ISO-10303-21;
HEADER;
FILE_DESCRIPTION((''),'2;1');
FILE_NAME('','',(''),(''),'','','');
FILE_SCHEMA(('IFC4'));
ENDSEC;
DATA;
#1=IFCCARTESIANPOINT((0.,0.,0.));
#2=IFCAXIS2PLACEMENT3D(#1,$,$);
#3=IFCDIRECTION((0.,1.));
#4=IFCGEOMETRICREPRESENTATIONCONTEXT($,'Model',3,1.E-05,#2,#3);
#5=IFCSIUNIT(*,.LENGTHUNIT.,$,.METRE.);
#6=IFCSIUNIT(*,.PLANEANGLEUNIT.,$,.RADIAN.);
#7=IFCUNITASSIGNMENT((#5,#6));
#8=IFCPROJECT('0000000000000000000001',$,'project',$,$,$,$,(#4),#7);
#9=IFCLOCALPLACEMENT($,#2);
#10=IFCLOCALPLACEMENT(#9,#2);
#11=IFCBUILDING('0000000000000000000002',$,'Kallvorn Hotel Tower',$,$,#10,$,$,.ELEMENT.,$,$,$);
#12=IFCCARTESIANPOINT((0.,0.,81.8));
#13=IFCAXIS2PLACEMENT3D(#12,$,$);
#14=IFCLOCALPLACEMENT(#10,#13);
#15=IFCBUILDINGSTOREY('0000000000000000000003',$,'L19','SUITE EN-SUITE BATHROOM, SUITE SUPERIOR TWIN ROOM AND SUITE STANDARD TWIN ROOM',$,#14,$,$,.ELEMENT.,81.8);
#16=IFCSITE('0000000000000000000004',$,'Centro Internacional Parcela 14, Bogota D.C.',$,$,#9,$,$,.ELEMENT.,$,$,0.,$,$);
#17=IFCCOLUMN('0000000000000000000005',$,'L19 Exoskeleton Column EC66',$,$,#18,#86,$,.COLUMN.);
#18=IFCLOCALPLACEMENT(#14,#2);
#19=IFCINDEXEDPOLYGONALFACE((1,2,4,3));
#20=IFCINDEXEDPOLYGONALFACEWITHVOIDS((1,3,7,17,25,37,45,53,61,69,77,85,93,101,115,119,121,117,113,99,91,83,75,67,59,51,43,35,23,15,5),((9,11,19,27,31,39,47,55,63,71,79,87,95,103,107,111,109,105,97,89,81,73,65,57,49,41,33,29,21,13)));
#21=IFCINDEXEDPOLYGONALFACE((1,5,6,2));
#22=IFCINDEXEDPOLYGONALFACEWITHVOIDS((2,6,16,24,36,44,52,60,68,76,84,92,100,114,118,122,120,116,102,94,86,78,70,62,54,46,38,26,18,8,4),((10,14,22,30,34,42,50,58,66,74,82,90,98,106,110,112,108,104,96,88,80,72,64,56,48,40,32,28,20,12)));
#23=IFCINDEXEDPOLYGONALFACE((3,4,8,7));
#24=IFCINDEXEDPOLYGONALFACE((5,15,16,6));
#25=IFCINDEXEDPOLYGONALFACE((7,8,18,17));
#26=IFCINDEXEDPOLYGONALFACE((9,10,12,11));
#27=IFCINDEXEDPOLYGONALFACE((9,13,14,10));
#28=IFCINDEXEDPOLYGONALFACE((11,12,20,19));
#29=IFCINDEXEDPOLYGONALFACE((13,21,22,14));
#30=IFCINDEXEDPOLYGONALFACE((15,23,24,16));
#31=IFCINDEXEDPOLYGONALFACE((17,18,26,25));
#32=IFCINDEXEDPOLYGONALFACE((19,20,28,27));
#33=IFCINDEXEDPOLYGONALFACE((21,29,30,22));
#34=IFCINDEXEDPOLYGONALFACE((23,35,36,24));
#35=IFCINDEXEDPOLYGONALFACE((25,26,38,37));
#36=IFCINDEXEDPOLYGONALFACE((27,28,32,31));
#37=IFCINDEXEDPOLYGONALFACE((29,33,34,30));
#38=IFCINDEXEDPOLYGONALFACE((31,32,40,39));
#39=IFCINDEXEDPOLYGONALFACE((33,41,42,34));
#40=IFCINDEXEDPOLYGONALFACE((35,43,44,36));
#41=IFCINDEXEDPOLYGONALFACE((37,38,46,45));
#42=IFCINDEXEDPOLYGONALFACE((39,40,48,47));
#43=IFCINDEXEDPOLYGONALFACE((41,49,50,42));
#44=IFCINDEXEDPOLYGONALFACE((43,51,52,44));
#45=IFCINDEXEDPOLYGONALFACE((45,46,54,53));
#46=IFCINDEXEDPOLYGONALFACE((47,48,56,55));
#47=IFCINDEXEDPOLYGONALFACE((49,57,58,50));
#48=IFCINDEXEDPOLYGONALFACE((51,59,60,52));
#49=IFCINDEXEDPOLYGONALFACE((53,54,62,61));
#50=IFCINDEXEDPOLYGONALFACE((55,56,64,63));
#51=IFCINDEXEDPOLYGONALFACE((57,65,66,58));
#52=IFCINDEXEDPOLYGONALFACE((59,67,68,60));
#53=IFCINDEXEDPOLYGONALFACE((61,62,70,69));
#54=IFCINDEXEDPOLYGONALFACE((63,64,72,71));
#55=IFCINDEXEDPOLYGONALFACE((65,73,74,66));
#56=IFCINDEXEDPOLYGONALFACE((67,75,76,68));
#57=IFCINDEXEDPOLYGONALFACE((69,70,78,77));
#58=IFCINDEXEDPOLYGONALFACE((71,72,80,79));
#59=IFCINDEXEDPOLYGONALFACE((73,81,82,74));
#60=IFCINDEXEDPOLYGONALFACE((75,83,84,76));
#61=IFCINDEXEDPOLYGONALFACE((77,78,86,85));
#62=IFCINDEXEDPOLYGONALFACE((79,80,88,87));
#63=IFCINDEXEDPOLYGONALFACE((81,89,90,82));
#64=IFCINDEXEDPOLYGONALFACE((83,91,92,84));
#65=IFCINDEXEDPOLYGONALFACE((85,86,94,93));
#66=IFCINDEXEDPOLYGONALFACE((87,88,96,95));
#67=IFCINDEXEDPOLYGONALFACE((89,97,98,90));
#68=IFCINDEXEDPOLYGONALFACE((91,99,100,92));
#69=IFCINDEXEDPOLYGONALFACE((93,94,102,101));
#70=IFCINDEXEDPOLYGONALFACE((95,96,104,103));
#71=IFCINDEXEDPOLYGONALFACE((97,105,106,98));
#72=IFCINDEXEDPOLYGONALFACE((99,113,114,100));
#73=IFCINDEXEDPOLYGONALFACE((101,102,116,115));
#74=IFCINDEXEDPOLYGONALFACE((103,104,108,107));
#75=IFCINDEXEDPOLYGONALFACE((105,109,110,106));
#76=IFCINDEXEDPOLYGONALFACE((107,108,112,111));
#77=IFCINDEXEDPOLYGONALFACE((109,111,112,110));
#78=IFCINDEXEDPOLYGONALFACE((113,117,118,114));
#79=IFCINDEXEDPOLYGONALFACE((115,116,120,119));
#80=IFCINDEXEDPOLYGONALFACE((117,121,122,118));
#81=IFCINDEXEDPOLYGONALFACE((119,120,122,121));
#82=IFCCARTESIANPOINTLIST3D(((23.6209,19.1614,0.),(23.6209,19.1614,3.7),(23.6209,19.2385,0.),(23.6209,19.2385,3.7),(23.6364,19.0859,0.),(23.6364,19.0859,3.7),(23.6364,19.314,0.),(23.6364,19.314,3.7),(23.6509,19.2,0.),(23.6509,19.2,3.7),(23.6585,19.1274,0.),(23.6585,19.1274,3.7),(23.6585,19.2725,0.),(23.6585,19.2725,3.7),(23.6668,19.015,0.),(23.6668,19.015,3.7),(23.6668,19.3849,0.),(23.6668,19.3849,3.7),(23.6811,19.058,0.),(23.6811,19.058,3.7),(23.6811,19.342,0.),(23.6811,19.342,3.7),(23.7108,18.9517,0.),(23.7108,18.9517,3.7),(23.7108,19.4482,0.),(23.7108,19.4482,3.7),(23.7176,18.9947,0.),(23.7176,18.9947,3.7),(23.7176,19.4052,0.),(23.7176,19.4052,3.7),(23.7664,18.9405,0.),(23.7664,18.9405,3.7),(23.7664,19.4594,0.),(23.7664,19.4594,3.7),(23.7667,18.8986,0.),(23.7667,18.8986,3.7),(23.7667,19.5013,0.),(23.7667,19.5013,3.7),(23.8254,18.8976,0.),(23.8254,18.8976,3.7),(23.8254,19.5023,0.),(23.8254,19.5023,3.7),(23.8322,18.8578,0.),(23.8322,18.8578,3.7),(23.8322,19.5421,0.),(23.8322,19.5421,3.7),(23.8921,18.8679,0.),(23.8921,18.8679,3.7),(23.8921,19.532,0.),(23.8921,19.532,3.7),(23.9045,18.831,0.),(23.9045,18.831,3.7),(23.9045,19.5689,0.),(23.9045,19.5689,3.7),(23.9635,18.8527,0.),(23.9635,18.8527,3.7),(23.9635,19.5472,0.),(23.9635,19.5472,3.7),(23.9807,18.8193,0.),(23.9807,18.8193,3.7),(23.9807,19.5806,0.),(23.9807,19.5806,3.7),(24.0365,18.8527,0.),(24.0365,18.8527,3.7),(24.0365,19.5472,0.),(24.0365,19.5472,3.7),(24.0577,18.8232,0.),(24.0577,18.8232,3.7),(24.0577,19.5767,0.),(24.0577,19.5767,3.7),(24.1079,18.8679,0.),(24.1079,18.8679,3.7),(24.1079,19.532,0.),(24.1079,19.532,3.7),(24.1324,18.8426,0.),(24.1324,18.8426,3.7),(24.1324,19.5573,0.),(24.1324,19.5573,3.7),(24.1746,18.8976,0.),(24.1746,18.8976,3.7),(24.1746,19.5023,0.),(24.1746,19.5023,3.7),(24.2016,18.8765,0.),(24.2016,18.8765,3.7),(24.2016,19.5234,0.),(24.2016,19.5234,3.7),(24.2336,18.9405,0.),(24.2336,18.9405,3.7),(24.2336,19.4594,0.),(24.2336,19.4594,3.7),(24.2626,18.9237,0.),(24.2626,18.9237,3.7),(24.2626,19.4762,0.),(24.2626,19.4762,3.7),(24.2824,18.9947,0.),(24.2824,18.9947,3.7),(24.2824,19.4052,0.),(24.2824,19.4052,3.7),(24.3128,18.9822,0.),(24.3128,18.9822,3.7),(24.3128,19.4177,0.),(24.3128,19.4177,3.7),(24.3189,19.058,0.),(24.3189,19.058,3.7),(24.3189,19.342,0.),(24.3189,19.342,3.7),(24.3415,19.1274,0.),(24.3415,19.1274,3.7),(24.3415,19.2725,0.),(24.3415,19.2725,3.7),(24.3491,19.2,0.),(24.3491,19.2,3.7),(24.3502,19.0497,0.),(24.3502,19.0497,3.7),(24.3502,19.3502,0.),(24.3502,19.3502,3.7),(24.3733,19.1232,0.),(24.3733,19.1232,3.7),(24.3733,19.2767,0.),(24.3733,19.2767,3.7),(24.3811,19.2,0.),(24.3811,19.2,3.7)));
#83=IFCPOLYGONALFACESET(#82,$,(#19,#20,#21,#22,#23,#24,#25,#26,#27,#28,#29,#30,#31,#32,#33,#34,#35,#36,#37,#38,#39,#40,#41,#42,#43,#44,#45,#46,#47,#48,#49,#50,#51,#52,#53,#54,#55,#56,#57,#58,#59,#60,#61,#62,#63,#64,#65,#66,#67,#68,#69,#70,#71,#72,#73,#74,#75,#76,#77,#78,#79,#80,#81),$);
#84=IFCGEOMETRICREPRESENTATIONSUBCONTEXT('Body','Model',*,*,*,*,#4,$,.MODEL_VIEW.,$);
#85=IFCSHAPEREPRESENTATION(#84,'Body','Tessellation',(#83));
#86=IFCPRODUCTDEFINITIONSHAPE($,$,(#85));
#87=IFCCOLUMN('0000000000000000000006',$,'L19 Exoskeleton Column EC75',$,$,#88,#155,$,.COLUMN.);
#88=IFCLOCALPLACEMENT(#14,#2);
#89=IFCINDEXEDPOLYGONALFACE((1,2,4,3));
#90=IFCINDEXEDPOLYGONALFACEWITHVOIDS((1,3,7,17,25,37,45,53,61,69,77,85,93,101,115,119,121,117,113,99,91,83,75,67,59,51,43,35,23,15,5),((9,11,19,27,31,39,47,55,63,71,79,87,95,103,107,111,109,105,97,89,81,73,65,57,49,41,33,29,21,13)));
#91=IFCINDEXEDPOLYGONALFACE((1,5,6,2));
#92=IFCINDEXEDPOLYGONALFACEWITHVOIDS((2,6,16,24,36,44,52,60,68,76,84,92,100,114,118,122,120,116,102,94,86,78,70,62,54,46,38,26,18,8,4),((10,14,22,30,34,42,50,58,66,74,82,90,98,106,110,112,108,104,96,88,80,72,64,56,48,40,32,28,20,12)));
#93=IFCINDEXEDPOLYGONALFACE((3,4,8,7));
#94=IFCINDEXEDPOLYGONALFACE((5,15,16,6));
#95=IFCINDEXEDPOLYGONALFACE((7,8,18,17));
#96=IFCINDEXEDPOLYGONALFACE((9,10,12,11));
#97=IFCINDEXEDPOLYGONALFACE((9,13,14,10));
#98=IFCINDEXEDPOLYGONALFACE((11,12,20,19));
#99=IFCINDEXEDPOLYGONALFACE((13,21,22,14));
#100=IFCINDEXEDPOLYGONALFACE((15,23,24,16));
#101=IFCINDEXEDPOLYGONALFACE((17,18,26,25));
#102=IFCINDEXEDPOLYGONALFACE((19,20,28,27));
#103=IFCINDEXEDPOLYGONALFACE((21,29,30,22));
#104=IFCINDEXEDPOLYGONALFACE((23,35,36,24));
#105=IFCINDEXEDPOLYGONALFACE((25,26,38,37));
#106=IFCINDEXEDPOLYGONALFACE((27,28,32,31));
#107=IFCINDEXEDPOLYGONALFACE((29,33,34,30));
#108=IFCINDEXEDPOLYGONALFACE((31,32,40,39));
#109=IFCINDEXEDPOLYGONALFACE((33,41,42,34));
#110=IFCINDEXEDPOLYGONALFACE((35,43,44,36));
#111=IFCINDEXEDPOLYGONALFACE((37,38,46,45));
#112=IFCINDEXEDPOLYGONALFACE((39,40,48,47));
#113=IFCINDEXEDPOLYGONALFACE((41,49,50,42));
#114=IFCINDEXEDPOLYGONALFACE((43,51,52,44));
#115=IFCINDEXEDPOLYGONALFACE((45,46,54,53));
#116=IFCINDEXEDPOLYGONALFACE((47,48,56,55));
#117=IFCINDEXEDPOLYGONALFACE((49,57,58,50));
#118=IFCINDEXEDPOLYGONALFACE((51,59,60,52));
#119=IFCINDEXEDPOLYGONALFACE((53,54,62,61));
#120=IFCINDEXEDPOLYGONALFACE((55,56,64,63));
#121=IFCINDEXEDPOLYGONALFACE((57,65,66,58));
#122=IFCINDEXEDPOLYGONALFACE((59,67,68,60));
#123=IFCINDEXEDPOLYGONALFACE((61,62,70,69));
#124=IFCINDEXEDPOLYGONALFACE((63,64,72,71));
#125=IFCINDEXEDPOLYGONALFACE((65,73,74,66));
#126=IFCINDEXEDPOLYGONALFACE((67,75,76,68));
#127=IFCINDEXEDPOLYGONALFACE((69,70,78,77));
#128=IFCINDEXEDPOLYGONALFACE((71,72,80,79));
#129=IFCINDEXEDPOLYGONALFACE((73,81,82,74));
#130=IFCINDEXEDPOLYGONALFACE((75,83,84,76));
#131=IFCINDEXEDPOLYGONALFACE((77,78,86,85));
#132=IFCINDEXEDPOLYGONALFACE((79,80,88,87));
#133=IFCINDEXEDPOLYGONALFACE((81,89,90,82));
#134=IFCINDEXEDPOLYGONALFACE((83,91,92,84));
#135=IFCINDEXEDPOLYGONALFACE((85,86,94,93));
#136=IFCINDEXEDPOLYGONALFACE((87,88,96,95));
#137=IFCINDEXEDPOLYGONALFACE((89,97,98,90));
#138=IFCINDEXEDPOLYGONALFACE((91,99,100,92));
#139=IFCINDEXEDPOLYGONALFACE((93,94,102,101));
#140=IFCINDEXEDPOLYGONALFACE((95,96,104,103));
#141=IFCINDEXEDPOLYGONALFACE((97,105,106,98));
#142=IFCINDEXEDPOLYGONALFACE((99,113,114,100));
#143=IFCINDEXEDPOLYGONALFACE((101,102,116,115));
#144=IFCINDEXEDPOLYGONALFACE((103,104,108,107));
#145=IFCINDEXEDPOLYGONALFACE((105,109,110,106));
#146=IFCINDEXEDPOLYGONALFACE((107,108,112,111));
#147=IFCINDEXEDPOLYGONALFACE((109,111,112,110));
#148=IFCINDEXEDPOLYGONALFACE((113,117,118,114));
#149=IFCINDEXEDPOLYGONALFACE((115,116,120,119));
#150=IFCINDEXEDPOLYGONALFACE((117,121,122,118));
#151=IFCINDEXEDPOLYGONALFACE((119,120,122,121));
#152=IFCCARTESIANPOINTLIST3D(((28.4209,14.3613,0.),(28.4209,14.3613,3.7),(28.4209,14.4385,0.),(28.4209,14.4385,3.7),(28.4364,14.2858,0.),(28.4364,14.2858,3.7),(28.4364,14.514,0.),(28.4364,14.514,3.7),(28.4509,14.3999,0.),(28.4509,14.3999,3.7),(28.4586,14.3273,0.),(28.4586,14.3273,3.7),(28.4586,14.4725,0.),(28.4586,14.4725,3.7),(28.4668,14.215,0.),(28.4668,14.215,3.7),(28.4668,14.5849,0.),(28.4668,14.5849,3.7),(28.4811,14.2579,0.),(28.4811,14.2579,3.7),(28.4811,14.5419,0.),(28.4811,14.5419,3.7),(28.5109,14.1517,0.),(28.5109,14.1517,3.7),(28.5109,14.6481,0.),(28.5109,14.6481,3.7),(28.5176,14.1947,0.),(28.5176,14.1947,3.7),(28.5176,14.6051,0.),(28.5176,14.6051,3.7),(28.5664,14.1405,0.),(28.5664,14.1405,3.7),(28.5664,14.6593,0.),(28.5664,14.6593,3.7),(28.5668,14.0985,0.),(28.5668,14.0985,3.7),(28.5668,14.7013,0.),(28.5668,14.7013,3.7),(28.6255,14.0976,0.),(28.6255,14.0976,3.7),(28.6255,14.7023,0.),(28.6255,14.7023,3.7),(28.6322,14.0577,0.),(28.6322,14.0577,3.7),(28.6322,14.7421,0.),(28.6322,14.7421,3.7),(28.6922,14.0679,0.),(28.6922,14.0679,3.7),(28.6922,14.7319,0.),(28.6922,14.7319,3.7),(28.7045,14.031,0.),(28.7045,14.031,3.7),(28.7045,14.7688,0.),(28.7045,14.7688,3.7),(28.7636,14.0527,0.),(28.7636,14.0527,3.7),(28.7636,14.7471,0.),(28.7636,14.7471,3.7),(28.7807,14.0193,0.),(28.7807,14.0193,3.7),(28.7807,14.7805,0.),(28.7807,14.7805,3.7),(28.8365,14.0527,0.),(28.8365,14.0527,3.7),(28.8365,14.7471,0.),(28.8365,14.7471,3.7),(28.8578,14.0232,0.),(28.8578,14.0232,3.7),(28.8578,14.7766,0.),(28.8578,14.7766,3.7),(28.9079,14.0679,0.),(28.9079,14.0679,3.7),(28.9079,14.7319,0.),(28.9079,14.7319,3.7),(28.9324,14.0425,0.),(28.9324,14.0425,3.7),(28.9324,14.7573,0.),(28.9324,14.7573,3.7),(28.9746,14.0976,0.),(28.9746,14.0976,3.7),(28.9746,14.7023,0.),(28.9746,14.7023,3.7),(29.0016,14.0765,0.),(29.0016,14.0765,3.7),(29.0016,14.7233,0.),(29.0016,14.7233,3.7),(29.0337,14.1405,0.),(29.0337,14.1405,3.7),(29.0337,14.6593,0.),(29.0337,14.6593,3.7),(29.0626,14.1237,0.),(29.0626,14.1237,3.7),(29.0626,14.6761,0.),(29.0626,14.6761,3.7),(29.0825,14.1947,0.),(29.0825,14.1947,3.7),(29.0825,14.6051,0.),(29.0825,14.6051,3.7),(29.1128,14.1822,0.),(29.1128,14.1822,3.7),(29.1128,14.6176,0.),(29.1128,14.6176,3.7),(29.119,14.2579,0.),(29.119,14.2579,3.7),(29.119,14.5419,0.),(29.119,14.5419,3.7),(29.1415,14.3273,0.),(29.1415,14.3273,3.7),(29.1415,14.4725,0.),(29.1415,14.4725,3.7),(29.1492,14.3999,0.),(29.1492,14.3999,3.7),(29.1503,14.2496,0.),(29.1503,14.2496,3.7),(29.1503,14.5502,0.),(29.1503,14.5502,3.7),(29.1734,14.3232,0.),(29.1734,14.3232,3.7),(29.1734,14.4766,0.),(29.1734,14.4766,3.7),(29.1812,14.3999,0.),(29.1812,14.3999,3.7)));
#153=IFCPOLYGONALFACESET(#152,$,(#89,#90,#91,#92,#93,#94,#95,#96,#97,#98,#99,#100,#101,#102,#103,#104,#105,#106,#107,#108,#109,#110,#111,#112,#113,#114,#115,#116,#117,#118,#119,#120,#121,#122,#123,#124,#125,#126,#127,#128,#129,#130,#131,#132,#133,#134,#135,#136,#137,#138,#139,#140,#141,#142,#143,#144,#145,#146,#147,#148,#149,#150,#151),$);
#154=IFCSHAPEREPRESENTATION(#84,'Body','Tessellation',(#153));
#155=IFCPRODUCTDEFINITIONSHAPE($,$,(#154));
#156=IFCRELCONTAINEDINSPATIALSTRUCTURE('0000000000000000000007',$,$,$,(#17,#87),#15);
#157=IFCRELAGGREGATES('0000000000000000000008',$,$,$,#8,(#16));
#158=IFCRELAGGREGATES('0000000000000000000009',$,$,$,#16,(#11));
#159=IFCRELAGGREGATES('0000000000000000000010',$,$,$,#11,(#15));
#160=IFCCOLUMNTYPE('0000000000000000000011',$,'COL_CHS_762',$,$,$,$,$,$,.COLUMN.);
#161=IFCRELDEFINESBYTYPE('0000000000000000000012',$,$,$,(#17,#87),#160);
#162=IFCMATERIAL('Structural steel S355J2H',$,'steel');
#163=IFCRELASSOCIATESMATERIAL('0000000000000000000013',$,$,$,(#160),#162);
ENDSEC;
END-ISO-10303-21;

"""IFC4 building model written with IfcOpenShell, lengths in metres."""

from ifc_helpers import new_model, si_unit, direction, frame, origin, origin_2d, place, context, subcontext, project, spatial, hollow_circle, extrude, material, material_profile, profile_set, type_object, element, save


model = new_model("IFC4")

# Units and contexts
model_context = context("Model", 3, precision=1e-05, world=origin(), true_north=direction((0.0, 1.0)))
body_context = subcontext(model_context, "Body", "Model", "MODEL_VIEW")
ifc_project = project(units=[si_unit("LENGTHUNIT", "METRE"), si_unit("PLANEANGLEUNIT", "RADIAN")], contexts=[model_context])

# Site, building, storey
site_placement = place(None, origin())
site = spatial("IfcSite", under=ifc_project, at=site_placement, Name="Centro Internacional Parcela 14, Bogota D.C.", CompositionType="ELEMENT", RefElevation=0.0)
building_placement = place(site_placement, origin())
building = spatial("IfcBuilding", under=site, at=building_placement, Name="Kallvorn Hotel Tower", CompositionType="ELEMENT")
storey_placement = place(building_placement, frame((0.0, 0.0, 81.8)))
storey = spatial("IfcBuildingStorey", under=building, at=storey_placement, Name="L19", Description="SUITE EN-SUITE BATHROOM, SUITE SUPERIOR TWIN ROOM AND SUITE STANDARD TWIN ROOM", CompositionType="ELEMENT", Elevation=81.8)

# Columns
ifc_material_1 = material(Name="Structural steel S355J2H", Category="steel")
ifc_material_profile_1 = material_profile(ifc_material_1, hollow_circle(Radius=0.3811, WallThickness=0.032, at=origin_2d()), Name="CHS 762x32")
ifc_profile_set_1 = profile_set([ifc_material_profile_1], Name="Structural steel S355J2H")
column_type_1 = type_object("IfcColumnType", Name="COL_CHS_762", PredefinedType="COLUMN", material=ifc_profile_set_1)
for number, where, z_axis, x_axis, name in (
    (1, (24.0, 19.2, 0.0), (0.0, 0.0, 1.0), (1.0, 0.0, 0.0), "L19 Exoskeleton Column EC66"),
    (2, (28.8, 14.3999, 0.0), (0.0, 0.0, 1.0), (1.0, 0.0, 0.0), "L19 Exoskeleton Column EC75"),
):
    element("IfcColumn", number, at=place(storey_placement, frame(where, z_axis=z_axis, x_axis=x_axis)), inside=storey, type_object=column_type_1, Name=name, PredefinedType="COLUMN", context=body_context, shape_type="SweptSolid", body=[
        extrude(hollow_circle(Radius=0.3811, WallThickness=0.032, at=origin_2d()), origin(), (0.0, 0.0, 1.0), 3.7),
    ])

save(model, "model.ifc")
